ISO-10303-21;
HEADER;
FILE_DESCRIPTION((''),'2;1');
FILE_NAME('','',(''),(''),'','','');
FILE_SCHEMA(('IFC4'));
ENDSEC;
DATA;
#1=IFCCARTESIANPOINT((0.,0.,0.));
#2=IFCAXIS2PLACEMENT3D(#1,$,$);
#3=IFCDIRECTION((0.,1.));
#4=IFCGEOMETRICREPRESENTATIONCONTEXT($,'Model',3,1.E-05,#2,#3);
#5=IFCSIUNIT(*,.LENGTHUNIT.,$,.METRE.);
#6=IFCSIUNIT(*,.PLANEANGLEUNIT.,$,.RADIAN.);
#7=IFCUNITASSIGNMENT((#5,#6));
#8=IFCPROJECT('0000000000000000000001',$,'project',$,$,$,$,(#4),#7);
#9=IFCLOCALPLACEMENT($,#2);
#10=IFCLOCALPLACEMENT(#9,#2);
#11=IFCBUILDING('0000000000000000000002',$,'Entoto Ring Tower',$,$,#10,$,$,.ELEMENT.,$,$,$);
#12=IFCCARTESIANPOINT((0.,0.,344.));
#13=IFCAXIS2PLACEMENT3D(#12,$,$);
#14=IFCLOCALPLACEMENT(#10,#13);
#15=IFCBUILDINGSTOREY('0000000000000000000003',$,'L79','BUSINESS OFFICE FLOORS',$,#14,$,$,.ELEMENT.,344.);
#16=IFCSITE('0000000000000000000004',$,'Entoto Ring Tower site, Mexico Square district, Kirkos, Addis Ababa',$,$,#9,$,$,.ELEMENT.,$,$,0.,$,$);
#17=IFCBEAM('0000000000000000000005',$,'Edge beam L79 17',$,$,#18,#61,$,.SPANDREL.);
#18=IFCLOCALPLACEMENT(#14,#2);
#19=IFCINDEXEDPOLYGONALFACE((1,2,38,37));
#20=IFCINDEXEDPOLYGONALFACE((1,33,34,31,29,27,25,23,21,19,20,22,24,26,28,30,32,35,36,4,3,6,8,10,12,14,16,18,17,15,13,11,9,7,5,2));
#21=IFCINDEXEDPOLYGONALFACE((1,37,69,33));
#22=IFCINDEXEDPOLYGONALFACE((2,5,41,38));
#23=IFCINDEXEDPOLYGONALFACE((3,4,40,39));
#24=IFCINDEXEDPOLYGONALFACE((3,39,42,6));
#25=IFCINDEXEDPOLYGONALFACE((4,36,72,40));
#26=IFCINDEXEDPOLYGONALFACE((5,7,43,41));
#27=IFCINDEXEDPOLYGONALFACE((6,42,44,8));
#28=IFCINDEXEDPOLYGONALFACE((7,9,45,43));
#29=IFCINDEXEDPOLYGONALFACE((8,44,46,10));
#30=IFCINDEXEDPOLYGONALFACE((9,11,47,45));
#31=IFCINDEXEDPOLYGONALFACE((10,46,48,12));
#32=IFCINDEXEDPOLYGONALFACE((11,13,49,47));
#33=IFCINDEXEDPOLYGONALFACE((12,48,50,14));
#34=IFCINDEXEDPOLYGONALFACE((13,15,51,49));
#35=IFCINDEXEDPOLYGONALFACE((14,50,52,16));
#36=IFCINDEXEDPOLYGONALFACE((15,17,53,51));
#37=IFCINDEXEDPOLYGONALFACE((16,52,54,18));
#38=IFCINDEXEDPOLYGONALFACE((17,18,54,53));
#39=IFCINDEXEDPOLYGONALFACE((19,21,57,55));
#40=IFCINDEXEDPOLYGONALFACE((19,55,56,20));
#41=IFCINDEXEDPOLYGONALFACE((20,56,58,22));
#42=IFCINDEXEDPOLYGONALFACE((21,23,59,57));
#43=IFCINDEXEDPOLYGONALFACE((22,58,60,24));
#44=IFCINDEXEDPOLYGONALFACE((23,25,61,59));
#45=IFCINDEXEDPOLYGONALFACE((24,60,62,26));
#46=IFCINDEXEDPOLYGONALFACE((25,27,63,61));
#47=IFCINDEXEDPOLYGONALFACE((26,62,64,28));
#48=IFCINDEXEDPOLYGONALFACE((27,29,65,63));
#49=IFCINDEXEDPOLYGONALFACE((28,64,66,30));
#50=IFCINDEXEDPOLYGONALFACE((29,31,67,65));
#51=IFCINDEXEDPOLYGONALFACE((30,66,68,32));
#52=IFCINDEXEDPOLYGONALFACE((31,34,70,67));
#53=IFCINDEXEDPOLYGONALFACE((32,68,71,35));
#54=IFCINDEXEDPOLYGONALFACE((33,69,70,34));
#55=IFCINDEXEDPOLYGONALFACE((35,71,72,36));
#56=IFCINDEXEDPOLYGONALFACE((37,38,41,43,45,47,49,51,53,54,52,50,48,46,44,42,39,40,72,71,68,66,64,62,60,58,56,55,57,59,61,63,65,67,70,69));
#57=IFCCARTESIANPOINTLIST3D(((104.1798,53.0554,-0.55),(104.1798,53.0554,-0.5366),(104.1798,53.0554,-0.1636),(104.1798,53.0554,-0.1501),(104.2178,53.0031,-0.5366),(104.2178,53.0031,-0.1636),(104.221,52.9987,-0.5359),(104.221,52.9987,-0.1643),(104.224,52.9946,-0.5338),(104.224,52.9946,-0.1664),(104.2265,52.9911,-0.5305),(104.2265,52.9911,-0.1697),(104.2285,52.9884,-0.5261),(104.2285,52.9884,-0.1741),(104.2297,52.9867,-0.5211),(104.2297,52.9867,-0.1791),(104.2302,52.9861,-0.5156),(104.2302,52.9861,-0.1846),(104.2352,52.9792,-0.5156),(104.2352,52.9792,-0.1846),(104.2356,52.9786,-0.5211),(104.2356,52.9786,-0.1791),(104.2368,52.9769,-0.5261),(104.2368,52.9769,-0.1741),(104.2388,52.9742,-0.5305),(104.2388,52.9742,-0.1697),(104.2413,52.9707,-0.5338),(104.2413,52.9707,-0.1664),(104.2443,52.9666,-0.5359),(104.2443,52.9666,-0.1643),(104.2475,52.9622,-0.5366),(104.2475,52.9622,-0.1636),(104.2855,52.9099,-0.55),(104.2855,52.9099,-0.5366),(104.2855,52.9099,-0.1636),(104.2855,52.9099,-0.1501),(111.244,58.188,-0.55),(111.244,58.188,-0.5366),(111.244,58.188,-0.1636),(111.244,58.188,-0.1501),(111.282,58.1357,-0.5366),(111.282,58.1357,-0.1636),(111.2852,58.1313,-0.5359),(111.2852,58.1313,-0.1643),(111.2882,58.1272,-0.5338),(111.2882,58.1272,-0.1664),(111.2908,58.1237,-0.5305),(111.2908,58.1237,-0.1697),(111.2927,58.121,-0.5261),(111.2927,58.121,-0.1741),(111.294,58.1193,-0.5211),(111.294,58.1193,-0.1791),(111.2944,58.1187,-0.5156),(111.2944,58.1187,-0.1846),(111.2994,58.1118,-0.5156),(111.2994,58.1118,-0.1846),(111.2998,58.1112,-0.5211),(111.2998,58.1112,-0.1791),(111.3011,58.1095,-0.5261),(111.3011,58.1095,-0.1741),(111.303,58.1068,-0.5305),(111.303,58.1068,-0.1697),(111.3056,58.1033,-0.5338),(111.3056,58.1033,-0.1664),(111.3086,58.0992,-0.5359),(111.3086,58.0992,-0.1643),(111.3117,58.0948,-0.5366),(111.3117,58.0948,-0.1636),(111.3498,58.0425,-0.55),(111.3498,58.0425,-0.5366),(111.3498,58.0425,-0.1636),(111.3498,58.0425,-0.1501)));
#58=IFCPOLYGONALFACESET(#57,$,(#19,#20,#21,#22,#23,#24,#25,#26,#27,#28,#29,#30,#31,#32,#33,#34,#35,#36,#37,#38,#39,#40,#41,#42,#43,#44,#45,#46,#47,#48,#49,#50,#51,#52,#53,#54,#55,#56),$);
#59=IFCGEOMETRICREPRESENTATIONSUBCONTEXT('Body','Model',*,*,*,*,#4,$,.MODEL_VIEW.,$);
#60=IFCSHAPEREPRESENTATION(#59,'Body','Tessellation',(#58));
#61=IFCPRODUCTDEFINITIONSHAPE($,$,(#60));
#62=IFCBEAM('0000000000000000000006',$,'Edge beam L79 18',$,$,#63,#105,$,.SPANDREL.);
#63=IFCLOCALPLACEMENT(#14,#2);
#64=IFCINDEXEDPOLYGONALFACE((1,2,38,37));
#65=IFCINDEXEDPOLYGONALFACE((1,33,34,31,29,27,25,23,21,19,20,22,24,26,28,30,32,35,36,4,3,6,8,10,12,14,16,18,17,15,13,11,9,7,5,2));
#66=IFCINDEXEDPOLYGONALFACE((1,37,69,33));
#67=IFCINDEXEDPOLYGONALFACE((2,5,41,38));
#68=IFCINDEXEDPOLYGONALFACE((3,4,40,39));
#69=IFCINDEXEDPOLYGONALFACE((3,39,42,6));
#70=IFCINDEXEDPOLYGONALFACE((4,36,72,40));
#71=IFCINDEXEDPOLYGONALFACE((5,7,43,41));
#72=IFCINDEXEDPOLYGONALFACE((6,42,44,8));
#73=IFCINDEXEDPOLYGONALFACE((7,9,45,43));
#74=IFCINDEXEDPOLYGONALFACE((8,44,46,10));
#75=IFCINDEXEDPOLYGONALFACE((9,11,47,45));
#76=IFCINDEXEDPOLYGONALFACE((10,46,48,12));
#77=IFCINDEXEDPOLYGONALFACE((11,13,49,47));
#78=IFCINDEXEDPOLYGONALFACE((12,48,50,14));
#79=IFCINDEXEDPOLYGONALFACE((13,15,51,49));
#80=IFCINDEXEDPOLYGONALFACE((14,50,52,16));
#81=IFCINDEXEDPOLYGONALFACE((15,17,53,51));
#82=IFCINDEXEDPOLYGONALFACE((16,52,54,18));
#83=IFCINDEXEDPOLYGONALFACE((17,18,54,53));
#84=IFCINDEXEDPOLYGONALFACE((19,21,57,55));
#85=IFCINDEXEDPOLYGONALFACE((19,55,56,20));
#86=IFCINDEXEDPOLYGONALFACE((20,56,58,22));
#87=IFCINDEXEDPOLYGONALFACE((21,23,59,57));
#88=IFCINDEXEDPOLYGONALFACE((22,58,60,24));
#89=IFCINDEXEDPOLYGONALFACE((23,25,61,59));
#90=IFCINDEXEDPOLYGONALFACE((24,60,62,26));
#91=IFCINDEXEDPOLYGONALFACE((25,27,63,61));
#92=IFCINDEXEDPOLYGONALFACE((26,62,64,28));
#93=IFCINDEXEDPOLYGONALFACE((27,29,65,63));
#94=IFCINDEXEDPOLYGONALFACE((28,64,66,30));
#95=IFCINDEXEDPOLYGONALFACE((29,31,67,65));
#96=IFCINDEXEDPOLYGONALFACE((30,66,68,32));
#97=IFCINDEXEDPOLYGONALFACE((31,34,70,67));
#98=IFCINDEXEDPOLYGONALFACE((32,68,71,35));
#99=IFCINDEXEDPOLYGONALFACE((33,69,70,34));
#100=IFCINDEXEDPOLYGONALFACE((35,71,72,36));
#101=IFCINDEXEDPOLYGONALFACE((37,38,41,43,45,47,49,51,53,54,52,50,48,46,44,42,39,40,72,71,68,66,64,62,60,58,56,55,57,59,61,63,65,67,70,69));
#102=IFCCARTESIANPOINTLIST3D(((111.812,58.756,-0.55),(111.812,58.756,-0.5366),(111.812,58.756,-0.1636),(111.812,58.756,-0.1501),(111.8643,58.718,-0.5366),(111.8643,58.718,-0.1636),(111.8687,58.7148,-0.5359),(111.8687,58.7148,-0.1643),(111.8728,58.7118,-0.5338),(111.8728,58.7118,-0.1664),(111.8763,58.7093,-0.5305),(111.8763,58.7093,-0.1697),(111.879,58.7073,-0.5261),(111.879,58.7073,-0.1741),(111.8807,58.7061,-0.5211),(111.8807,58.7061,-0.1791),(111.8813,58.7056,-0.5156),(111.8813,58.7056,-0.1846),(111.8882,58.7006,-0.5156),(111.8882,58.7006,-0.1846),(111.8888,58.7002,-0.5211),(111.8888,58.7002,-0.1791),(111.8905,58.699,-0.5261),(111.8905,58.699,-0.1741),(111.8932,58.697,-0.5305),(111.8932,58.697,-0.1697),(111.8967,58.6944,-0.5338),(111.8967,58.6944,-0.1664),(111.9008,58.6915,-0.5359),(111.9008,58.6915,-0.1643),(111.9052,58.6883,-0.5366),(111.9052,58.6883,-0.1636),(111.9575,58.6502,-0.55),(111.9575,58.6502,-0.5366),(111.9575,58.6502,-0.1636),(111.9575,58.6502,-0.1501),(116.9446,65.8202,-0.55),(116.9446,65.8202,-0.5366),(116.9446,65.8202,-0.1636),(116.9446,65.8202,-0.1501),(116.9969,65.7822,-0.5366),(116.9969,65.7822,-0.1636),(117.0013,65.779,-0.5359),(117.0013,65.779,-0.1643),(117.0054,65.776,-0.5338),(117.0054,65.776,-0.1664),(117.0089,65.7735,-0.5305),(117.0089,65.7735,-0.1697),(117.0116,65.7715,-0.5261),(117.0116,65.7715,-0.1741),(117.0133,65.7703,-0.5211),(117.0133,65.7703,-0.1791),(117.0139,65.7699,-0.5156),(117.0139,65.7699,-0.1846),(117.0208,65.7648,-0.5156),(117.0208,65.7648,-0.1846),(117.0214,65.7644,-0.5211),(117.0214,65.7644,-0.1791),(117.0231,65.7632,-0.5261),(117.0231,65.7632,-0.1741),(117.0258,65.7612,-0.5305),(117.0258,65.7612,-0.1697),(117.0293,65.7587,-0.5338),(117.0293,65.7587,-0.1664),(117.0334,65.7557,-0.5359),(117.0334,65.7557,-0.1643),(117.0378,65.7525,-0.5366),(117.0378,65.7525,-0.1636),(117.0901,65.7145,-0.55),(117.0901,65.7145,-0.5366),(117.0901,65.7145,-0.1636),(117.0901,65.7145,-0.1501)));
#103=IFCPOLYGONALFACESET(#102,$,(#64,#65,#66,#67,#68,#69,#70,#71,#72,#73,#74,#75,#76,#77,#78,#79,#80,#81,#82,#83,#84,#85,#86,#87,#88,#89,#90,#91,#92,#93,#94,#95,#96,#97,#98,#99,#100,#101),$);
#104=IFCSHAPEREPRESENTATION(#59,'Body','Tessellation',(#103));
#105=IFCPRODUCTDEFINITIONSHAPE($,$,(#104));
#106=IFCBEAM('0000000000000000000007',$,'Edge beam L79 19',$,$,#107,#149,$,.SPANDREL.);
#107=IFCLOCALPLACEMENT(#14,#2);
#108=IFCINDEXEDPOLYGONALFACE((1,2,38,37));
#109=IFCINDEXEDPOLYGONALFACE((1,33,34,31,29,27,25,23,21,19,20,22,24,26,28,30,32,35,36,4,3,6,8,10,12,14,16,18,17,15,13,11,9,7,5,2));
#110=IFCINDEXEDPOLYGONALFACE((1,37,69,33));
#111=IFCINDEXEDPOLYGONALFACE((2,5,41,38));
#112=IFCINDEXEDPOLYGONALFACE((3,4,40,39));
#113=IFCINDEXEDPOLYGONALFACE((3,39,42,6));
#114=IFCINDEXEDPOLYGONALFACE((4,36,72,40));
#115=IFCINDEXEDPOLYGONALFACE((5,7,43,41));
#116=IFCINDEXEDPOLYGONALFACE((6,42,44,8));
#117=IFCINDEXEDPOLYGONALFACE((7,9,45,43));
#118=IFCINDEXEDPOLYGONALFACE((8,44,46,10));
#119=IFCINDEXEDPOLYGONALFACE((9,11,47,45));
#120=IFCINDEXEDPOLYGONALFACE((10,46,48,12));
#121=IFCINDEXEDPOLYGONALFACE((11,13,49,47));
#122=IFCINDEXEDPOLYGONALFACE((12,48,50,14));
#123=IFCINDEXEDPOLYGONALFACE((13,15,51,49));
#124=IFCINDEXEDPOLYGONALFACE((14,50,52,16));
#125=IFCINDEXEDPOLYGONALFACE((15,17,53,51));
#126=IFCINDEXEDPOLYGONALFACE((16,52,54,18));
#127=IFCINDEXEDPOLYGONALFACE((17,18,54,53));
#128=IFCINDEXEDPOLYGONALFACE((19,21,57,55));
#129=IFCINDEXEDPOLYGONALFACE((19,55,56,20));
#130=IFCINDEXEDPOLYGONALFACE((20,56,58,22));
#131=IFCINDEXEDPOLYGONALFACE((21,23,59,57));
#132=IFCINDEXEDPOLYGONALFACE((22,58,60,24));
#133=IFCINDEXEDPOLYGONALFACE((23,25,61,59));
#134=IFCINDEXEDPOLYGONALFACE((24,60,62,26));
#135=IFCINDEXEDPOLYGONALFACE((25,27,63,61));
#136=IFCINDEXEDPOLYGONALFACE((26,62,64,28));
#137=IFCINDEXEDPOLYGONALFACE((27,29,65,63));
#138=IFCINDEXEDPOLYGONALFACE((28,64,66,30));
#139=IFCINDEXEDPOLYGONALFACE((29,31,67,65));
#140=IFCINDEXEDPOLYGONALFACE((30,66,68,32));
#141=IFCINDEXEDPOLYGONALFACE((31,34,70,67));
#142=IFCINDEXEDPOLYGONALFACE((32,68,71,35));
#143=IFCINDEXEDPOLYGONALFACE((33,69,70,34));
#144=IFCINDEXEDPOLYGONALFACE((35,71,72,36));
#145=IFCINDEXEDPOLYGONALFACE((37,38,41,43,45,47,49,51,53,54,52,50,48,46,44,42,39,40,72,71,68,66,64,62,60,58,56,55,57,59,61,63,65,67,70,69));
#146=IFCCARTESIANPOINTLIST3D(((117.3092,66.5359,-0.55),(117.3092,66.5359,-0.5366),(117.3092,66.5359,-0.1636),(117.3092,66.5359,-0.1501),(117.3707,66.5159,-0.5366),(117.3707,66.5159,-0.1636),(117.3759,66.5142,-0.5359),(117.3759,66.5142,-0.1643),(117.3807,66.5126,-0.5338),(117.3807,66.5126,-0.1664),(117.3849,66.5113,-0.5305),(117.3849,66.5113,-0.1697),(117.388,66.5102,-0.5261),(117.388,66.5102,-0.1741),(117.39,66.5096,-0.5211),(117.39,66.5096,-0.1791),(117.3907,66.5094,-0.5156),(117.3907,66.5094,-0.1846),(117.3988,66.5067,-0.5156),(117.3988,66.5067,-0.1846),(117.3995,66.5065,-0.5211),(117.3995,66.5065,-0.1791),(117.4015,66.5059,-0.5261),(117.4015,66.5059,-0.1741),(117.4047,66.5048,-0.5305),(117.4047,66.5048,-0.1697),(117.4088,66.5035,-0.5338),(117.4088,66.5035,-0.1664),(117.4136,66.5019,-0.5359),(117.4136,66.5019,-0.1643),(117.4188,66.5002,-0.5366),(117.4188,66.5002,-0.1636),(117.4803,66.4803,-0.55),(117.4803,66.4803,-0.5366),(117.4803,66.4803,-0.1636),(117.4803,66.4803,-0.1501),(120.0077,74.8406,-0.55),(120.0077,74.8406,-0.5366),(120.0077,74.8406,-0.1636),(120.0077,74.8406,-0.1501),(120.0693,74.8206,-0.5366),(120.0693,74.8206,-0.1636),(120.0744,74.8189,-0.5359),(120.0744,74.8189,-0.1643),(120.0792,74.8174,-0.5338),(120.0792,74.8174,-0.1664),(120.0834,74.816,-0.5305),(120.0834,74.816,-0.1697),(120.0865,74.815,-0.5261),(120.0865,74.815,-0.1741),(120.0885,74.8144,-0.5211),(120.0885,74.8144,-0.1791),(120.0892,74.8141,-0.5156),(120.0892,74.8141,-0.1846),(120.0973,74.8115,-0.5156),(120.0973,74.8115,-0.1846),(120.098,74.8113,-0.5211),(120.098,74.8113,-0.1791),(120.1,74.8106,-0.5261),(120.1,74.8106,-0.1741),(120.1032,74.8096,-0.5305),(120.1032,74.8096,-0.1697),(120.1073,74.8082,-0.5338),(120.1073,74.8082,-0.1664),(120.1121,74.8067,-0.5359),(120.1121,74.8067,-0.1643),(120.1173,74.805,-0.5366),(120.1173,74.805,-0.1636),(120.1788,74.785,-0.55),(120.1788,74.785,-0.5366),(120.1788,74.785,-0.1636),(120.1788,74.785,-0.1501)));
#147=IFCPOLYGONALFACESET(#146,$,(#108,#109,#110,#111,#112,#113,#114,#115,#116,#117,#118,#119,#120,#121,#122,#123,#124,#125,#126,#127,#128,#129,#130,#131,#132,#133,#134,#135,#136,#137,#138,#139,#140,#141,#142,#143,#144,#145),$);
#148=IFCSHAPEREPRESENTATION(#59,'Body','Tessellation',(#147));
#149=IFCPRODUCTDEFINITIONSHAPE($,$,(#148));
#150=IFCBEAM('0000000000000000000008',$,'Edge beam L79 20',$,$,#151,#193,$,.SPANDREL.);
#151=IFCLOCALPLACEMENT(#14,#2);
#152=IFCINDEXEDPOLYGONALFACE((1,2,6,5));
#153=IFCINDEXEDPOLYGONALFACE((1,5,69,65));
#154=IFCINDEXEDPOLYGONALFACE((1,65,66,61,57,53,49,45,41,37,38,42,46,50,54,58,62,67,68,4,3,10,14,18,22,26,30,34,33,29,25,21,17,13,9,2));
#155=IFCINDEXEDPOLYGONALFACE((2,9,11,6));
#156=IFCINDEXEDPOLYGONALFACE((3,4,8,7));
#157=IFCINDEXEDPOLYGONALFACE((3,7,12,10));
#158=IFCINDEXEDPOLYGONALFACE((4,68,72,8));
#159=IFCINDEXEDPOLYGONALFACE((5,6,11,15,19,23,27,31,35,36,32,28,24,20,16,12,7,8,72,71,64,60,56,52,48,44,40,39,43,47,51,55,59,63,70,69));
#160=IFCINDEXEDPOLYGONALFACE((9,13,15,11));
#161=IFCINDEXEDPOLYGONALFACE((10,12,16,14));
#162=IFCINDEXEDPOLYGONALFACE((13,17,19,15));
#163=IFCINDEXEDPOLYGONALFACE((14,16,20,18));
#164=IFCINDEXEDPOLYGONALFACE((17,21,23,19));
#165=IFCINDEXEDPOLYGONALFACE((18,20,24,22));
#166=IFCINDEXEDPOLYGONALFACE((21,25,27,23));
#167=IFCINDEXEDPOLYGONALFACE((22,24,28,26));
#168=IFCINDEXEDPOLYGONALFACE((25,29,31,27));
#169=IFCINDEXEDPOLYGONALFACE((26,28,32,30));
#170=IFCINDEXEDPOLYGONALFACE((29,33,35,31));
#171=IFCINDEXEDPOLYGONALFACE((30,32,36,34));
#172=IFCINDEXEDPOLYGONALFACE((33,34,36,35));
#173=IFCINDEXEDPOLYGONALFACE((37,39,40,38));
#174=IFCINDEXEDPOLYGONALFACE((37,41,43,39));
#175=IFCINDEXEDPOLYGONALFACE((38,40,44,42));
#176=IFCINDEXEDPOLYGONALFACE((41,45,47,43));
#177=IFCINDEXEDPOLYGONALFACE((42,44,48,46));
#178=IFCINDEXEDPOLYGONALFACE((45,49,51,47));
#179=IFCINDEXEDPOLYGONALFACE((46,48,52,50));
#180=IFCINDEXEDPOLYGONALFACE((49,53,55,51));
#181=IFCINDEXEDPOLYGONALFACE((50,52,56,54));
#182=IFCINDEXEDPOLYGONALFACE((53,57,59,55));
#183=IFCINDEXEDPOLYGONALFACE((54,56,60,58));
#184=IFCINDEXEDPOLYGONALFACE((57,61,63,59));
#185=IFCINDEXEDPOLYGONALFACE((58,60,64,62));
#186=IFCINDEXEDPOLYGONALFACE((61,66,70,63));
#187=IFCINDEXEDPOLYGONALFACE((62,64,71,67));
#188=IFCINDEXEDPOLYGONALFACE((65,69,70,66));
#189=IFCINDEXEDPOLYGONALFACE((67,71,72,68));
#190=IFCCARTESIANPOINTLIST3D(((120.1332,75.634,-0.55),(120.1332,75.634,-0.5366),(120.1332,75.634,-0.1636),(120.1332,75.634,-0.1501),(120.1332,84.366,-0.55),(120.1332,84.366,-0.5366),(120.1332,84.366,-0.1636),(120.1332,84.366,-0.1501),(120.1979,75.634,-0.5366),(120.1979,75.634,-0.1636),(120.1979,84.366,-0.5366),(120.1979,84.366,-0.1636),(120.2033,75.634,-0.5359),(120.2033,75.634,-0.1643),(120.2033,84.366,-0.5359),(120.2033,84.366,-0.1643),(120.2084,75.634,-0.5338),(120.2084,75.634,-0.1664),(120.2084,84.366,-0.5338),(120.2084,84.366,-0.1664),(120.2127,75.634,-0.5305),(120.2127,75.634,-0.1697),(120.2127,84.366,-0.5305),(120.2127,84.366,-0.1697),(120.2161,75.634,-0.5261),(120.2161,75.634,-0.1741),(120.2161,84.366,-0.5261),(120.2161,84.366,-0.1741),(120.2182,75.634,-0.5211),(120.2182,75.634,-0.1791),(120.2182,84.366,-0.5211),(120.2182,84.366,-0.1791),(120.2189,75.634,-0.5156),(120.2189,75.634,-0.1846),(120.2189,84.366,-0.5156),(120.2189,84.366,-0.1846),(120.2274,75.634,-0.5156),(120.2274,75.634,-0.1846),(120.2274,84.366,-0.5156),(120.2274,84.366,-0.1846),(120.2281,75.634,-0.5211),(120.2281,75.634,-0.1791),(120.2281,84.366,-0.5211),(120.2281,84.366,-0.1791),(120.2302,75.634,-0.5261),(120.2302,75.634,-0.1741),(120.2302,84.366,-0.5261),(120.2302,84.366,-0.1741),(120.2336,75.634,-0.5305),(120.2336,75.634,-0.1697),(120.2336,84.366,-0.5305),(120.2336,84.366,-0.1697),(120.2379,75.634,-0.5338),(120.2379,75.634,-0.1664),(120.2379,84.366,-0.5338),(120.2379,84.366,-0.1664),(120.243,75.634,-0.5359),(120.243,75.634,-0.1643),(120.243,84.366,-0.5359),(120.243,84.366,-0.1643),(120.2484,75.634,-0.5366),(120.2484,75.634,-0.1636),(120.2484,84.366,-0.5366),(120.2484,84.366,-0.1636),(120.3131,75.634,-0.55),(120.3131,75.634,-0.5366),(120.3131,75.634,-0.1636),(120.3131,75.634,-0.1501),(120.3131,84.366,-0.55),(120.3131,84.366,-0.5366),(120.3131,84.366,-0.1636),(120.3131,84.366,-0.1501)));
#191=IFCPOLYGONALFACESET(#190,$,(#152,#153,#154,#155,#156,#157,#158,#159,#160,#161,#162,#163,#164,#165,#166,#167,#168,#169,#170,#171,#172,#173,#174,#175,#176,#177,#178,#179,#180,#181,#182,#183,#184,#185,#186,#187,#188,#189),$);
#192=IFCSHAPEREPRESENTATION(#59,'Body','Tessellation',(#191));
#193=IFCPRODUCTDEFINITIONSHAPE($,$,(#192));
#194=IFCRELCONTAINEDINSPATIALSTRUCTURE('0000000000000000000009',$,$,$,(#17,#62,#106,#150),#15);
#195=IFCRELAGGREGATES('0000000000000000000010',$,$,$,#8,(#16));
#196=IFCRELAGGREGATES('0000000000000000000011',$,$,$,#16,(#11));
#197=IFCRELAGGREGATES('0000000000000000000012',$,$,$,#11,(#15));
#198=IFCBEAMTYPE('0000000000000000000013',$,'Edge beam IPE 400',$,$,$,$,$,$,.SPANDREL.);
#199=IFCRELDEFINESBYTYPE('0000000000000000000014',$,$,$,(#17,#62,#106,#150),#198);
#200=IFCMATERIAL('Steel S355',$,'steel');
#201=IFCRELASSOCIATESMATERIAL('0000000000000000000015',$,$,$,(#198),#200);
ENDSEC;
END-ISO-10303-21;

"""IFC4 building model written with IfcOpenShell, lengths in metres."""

from ifc_helpers import new_model, si_unit, direction, frame, origin, origin_2d, place, context, subcontext, project, spatial, i_section, extrude, material, material_profile, profile_set, type_object, element, save


model = new_model("IFC4")

# Units and contexts
model_context = context("Model", 3, precision=1e-05, world=origin(), true_north=direction((0.0, 1.0)))
body_context = subcontext(model_context, "Body", "Model", "MODEL_VIEW")
ifc_project = project(units=[si_unit("LENGTHUNIT", "METRE"), si_unit("PLANEANGLEUNIT", "RADIAN")], contexts=[model_context])

# Site, building, storey
site_placement = place(None, origin())
site = spatial("IfcSite", under=ifc_project, at=site_placement, Name="Entoto Ring Tower site, Mexico Square district, Kirkos, Addis Ababa", CompositionType="ELEMENT", RefElevation=0.0)
building_placement = place(site_placement, origin())
building = spatial("IfcBuilding", under=site, at=building_placement, Name="Entoto Ring Tower", CompositionType="ELEMENT")
storey_placement = place(building_placement, frame((0.0, 0.0, 344.0)))
storey = spatial("IfcBuildingStorey", under=building, at=storey_placement, Name="L79", Description="BUSINESS OFFICE FLOORS", CompositionType="ELEMENT", Elevation=344.0)

# Beams
ifc_material_1 = material(Name="Steel S355", Category="steel")
ifc_material_profile_1 = material_profile(ifc_material_1, i_section(OverallWidth=0.1799, OverallDepth=0.3999, WebThickness=0.0085, FlangeThickness=0.0134, FilletRadius=0.021, at=origin_2d()), Name="IPE 400")
ifc_profile_set_1 = profile_set([ifc_material_profile_1], Name="Steel S355")
beam_type_1 = type_object("IfcBeamType", Name="Edge beam IPE 400", PredefinedType="SPANDREL", material=ifc_profile_set_1)
for number, where, z_axis, x_axis, name in (
    (1, (104.2327, 52.9827, -0.3501), (0.80901, 0.587794, 0.0), (-0.587794, 0.80901, 0.0), "Edge beam L79 17"),
    (2, (111.8848, 58.7031, -0.3501), (0.587794, 0.80901, 0.0), (-0.80901, 0.587794, 0.0), "Edge beam L79 18"),
):
    element("IfcBeam", number, at=place(storey_placement, frame(where, z_axis=z_axis, x_axis=x_axis)), inside=storey, type_object=beam_type_1, Name=name, PredefinedType="SPANDREL", context=body_context, shape_type="SweptSolid", body=[
        extrude(i_section(OverallWidth=0.1799, OverallDepth=0.3999, WebThickness=0.0085, FlangeThickness=0.0134, FilletRadius=0.021, at=origin_2d()), origin(), (0.0, 0.0, 1.0), 8.7319),
    ])
beam_1_placement = place(storey_placement, frame((117.3948, 66.5081, -0.3501), z_axis=(0.30903, 0.951052, 0.0), x_axis=(-0.951052, 0.30903, 0.0)))
element("IfcBeam", 3, at=beam_1_placement, inside=storey, type_object=beam_type_1, Name="Edge beam L79 19", PredefinedType="SPANDREL", context=body_context, shape_type="SweptSolid", body=[
    extrude(i_section(OverallWidth=0.1799, OverallDepth=0.3999, WebThickness=0.0085, FlangeThickness=0.0134, FilletRadius=0.021, at=origin_2d()), origin(), (0.0, 0.0, 1.0), 8.7322),
])
beam_2_placement = place(storey_placement, frame((120.2231, 75.634, -0.3501), z_axis=(0.0, 1.0, 0.0), x_axis=(-1.0, 0.0, 0.0)))
element("IfcBeam", 4, at=beam_2_placement, inside=storey, type_object=beam_type_1, Name="Edge beam L79 20", PredefinedType="SPANDREL", context=body_context, shape_type="SweptSolid", body=[
    extrude(i_section(OverallWidth=0.1799, OverallDepth=0.3999, WebThickness=0.0085, FlangeThickness=0.0134, FilletRadius=0.021, at=origin_2d()), origin(), (0.0, 0.0, 1.0), 8.7319),
])

save(model, "model.ifc")
